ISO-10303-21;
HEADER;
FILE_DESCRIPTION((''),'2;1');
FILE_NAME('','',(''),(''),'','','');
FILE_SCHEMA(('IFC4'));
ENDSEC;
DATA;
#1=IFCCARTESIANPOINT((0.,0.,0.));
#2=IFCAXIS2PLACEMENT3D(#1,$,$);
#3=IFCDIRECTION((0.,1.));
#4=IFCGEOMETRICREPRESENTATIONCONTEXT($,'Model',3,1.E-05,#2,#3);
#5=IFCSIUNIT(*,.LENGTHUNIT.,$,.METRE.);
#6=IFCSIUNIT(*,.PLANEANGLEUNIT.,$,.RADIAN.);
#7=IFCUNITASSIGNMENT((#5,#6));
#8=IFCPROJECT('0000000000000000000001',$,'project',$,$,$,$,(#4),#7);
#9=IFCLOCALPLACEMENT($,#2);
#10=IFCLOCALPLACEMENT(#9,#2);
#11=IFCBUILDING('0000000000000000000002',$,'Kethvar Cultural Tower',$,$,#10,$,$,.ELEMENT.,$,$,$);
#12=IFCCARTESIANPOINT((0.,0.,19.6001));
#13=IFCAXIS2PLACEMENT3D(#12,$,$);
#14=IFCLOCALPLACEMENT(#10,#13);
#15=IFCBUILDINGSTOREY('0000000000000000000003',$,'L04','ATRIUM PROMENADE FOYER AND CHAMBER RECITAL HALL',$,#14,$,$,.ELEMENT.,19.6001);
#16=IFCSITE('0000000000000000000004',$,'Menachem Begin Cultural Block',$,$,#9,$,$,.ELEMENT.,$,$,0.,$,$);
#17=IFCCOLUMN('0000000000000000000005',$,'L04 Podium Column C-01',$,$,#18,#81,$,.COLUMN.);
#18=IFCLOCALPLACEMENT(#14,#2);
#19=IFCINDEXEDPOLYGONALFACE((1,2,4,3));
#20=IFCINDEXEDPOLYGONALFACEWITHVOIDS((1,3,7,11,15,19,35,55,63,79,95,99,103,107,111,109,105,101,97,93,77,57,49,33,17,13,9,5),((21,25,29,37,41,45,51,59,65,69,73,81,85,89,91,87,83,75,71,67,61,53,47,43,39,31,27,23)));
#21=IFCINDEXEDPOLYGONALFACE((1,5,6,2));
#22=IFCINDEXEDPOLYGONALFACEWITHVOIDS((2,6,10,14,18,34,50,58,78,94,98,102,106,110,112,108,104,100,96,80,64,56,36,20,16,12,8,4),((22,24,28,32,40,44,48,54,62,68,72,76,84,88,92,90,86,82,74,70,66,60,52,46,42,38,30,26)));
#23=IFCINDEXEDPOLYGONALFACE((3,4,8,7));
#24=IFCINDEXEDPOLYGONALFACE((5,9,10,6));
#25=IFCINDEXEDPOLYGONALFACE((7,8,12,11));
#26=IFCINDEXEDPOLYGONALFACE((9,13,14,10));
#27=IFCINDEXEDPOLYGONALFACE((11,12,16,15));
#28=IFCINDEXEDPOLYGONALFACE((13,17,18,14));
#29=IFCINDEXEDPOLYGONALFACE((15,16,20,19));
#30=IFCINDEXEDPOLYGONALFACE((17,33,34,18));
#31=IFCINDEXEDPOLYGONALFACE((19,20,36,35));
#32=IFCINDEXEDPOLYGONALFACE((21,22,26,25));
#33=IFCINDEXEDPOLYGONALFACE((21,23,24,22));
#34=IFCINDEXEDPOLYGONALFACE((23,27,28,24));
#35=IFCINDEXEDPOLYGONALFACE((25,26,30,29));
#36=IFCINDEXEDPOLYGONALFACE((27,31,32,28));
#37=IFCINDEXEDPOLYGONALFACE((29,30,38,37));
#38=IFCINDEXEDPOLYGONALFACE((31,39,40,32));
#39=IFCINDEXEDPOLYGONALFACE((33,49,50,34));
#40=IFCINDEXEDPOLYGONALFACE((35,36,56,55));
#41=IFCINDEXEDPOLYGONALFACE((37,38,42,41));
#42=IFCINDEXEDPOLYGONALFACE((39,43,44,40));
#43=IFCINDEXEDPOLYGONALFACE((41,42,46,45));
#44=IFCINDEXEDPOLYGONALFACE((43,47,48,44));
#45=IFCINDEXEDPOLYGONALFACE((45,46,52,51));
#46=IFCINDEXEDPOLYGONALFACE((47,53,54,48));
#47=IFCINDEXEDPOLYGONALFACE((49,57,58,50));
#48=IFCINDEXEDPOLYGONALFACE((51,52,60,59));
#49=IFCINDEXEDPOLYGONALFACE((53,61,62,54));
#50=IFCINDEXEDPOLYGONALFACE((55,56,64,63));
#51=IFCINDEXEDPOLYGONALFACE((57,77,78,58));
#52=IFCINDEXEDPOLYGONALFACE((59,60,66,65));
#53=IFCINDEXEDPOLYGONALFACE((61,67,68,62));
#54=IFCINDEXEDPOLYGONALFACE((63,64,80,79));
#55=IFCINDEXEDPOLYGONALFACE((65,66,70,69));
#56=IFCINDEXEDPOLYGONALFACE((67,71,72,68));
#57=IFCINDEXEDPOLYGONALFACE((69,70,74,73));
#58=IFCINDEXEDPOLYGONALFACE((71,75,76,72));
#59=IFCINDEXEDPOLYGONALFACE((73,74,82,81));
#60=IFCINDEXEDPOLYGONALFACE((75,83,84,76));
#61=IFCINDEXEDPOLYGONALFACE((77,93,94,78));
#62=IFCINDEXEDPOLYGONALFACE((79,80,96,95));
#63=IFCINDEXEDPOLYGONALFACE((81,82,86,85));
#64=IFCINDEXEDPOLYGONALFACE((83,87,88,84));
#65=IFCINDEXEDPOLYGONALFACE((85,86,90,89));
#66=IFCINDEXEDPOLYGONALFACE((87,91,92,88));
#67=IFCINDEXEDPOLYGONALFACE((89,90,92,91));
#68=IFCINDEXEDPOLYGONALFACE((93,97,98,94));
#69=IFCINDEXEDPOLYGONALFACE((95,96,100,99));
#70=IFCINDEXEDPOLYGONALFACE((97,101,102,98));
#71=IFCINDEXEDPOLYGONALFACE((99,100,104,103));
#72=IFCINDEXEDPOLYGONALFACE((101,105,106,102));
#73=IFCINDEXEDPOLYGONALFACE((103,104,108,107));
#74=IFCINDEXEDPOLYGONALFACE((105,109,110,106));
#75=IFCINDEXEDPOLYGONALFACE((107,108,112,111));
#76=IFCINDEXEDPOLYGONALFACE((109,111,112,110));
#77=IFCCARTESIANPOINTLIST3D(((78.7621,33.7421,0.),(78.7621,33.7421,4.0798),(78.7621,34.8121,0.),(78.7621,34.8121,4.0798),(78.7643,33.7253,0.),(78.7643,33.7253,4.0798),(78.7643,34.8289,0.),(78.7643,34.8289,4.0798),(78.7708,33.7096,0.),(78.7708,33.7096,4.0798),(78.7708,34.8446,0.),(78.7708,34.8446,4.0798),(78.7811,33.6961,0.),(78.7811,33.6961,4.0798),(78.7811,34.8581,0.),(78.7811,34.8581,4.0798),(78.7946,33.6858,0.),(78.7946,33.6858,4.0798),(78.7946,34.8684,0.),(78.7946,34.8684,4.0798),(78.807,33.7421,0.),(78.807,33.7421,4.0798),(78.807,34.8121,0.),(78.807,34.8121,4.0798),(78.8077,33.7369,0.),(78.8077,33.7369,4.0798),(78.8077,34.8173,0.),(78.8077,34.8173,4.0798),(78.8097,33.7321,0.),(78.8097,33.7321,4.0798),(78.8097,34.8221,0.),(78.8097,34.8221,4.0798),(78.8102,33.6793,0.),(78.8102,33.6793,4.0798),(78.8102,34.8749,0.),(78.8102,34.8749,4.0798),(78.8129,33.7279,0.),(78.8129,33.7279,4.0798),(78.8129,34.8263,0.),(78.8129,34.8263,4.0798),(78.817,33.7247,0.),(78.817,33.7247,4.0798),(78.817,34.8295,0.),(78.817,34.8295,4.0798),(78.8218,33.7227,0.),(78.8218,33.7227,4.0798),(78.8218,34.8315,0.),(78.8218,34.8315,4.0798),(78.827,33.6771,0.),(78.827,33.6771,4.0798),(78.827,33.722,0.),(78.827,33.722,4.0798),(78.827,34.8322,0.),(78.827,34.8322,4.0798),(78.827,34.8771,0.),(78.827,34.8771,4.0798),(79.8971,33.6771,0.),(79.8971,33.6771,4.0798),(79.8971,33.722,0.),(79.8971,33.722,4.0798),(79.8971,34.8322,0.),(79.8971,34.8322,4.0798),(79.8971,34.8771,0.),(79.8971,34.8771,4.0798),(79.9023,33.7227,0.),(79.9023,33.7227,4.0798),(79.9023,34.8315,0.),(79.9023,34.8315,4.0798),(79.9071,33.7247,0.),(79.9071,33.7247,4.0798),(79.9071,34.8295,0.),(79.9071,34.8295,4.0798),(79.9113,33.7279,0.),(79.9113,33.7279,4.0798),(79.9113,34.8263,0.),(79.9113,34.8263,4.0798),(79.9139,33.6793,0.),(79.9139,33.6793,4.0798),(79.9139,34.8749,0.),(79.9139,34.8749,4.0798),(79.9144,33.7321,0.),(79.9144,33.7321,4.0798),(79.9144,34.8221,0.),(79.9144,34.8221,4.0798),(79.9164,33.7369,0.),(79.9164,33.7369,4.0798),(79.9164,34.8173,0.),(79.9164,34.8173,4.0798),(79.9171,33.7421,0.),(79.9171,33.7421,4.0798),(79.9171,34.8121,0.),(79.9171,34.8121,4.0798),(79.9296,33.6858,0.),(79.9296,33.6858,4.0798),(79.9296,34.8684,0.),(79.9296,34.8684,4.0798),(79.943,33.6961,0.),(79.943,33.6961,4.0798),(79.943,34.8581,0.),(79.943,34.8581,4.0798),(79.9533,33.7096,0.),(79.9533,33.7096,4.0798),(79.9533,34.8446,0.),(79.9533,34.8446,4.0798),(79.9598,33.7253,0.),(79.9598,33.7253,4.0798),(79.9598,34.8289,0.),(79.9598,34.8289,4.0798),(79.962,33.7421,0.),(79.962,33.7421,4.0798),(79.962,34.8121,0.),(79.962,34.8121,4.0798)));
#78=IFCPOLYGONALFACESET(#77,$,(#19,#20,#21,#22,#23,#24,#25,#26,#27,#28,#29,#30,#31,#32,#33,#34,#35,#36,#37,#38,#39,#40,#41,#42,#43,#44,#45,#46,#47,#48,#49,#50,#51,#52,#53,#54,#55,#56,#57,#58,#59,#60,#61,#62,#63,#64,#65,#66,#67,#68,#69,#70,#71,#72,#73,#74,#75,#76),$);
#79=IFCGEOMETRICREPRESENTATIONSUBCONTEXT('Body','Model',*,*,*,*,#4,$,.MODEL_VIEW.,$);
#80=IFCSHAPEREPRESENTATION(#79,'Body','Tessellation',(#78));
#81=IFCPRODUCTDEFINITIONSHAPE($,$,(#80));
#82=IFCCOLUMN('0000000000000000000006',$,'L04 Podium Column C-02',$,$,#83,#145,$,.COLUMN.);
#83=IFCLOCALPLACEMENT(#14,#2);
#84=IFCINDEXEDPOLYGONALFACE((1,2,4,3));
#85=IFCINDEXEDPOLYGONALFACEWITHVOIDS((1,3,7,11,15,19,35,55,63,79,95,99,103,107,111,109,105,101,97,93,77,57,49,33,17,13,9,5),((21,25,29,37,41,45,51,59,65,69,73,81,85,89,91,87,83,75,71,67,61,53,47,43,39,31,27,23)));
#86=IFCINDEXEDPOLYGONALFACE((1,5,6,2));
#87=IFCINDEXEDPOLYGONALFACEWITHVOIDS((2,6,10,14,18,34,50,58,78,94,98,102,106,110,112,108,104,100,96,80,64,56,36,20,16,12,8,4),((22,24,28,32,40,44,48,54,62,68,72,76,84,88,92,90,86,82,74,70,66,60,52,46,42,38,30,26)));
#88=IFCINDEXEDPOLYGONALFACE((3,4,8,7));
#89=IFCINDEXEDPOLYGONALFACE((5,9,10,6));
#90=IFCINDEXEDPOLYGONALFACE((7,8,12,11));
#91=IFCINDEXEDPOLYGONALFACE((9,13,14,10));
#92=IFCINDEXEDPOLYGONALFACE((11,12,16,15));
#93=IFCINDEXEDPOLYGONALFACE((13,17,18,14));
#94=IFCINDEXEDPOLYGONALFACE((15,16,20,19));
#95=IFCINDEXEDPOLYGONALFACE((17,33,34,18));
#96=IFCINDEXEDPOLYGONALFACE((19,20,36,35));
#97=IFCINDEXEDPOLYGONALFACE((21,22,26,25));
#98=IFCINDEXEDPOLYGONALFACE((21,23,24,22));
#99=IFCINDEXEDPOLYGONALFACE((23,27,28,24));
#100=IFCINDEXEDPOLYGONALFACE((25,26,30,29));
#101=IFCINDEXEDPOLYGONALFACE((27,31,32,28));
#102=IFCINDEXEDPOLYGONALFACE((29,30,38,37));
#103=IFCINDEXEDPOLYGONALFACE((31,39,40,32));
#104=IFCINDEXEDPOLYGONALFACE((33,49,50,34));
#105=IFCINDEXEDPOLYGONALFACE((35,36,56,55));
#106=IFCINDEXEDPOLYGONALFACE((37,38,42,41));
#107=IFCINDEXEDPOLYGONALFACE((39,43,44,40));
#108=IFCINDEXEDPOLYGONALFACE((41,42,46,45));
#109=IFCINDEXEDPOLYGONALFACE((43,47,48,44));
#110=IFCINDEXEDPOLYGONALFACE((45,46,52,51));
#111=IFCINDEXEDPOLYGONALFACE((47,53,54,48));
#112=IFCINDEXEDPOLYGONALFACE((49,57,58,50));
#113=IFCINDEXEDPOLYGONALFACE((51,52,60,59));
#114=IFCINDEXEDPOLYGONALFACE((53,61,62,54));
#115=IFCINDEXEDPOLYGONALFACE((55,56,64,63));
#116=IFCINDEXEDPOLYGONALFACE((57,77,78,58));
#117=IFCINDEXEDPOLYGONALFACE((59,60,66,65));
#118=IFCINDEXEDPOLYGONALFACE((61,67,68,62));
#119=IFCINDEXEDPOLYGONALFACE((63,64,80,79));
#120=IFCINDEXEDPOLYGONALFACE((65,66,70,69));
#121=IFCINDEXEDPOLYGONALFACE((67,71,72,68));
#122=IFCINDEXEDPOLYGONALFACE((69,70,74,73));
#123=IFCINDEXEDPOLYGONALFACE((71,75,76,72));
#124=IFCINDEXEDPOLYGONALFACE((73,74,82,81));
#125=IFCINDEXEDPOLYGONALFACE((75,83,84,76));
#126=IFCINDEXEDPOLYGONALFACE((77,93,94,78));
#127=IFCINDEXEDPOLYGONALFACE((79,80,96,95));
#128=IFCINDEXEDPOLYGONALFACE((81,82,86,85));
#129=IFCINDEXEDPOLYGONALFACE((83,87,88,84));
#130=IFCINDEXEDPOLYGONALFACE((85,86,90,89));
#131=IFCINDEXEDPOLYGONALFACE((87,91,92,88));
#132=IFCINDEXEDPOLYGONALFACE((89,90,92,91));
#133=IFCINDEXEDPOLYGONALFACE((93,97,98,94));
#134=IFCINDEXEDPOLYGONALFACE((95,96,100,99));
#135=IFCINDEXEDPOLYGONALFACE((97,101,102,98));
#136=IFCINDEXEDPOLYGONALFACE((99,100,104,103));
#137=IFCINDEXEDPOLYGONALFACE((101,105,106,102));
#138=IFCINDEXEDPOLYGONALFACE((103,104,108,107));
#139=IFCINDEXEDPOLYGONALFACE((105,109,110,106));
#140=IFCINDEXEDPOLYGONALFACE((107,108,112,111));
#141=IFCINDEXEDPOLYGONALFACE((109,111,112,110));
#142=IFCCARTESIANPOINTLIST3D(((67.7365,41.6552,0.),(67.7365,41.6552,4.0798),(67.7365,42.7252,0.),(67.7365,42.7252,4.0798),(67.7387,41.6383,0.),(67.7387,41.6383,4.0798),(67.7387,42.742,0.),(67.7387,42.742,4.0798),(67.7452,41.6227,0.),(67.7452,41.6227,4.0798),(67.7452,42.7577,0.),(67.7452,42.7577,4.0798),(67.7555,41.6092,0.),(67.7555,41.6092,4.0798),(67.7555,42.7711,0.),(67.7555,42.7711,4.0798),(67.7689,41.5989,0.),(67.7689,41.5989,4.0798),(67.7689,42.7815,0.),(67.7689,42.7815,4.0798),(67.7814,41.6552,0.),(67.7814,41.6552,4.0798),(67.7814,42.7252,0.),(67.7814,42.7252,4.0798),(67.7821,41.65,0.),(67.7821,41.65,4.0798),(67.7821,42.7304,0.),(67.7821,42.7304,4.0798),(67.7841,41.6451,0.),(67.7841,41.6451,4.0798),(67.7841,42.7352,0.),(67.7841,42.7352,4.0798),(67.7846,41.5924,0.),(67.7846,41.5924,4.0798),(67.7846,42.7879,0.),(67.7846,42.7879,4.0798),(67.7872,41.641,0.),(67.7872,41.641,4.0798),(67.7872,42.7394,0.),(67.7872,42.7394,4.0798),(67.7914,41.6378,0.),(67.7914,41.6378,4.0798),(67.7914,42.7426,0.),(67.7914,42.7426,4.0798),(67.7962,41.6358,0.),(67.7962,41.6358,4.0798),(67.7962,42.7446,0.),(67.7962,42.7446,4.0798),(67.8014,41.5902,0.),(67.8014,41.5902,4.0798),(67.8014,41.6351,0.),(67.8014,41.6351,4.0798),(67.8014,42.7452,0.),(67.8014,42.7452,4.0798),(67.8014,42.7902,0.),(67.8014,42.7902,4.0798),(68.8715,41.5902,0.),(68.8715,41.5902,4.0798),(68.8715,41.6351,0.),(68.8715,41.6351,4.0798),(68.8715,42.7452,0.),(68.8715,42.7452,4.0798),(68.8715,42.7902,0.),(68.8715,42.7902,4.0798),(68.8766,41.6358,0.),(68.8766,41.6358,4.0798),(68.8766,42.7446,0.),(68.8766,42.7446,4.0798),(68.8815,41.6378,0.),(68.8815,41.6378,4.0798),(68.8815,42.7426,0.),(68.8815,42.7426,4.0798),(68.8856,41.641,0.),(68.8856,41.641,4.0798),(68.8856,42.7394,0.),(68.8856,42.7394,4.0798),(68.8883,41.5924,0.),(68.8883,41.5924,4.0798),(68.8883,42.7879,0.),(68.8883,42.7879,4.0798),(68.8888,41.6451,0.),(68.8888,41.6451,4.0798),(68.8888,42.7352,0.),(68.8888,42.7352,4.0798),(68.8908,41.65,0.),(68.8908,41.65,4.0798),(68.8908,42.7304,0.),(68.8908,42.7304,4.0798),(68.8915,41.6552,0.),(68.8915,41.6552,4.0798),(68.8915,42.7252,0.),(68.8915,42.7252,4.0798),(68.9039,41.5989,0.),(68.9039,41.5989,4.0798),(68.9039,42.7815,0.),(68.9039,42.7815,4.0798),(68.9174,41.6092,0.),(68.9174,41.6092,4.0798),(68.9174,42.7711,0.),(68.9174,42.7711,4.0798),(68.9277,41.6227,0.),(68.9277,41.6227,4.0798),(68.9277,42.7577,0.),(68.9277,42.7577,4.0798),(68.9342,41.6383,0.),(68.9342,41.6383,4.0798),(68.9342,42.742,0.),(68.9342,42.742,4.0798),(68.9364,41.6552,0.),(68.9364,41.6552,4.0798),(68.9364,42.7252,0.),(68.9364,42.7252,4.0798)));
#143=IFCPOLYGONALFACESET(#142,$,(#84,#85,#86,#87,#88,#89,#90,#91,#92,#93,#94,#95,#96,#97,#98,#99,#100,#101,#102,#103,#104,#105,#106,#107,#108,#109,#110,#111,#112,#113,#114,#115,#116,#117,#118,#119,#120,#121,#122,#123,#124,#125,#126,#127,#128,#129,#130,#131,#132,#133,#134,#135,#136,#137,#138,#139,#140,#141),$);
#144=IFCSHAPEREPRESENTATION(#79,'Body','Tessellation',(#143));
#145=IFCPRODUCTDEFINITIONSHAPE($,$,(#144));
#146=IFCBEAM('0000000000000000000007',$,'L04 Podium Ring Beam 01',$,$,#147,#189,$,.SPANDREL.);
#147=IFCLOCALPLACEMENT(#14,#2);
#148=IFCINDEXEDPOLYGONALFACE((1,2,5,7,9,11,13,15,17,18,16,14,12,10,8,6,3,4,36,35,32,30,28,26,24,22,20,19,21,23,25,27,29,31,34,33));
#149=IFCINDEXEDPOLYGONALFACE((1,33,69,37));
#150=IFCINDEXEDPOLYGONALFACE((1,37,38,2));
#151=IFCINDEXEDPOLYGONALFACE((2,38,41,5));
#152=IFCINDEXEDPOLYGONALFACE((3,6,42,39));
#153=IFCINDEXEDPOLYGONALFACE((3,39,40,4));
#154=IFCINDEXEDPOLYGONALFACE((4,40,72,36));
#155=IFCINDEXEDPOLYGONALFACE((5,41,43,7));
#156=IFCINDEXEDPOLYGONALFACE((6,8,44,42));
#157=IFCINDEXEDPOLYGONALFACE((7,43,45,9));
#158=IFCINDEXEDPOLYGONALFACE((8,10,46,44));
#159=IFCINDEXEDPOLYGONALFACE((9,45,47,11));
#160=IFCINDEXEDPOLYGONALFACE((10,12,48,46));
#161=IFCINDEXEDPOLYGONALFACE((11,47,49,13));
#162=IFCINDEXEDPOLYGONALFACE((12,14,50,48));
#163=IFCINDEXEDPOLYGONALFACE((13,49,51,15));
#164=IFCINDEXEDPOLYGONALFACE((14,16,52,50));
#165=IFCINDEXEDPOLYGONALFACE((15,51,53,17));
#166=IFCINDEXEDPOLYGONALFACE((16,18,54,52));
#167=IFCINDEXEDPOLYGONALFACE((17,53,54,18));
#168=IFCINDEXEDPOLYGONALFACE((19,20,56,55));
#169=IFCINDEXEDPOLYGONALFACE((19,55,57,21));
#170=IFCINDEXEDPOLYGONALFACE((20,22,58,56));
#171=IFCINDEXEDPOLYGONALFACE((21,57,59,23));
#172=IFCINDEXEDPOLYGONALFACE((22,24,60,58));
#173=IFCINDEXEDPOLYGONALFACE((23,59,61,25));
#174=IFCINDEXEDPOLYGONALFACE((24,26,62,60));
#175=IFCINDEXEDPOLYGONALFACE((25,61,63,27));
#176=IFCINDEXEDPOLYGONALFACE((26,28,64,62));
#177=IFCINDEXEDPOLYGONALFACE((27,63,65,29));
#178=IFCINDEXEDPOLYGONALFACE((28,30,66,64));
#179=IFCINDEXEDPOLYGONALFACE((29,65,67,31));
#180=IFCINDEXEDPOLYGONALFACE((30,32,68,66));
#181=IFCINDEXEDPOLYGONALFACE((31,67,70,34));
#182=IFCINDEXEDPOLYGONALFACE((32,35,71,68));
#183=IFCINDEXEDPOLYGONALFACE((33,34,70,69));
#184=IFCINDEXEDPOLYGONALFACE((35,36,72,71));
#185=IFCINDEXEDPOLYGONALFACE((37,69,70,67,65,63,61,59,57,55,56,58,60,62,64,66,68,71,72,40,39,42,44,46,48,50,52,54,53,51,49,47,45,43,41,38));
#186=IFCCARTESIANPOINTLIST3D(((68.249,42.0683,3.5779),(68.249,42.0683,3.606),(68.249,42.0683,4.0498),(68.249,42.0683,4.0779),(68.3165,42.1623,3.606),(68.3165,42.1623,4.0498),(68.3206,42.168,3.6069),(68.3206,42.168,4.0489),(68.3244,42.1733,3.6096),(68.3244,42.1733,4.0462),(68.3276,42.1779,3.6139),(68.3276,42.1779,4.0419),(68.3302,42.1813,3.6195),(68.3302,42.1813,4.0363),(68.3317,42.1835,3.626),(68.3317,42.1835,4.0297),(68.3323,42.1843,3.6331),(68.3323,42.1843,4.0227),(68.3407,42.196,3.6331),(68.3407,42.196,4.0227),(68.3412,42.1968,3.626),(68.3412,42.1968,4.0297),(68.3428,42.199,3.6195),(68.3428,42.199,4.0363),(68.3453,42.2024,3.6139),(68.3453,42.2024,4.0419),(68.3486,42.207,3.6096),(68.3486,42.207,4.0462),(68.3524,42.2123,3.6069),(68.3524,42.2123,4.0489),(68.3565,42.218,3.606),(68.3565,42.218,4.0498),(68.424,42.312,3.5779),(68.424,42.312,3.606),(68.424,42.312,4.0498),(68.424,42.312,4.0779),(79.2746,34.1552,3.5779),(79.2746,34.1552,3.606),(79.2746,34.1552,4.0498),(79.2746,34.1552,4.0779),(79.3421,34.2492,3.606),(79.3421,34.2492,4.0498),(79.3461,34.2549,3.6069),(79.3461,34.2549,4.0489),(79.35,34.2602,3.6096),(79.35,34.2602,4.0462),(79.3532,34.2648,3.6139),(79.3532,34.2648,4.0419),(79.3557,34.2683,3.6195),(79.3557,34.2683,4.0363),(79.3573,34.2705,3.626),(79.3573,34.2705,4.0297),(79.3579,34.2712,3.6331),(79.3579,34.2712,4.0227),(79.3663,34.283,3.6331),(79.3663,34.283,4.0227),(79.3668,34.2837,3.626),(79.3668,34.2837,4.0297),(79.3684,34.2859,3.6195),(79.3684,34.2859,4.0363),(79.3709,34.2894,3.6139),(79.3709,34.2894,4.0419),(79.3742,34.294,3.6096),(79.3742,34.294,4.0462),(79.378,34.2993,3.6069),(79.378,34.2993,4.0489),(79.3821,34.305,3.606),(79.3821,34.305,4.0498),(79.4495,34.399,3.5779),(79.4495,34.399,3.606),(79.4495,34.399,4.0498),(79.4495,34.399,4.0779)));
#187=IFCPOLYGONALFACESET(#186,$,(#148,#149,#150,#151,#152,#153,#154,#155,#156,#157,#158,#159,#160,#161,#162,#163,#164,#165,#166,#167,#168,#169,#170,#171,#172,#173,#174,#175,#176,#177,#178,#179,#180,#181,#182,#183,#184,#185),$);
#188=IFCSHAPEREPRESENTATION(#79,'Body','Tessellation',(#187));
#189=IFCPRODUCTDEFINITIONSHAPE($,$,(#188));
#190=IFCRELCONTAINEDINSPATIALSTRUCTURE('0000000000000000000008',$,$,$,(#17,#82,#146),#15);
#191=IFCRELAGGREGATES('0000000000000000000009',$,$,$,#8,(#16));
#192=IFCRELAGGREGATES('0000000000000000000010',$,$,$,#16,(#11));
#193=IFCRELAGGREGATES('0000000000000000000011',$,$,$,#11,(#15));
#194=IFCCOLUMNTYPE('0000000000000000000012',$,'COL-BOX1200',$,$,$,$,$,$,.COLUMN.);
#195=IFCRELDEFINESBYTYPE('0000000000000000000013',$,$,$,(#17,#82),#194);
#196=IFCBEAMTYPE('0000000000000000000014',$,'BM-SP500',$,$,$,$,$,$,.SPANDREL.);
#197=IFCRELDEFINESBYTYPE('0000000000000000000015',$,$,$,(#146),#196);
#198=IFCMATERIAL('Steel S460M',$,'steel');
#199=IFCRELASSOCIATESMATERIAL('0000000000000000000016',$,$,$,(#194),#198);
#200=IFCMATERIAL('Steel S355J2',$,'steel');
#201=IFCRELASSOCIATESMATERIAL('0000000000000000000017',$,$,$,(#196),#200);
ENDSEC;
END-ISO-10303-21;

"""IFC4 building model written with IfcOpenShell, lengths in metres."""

from ifc_helpers import new_model, si_unit, direction, frame, origin, origin_2d, place, context, subcontext, project, spatial, hollow_rectangle, i_section, extrude, source, transform, mapped, material, material_profile, profile_set, type_object, element, save


model = new_model("IFC4")

# Units and contexts
model_context = context("Model", 3, precision=1e-05, world=origin(), true_north=direction((0.0, 1.0)))
body_context = subcontext(model_context, "Body", "Model", "MODEL_VIEW")
ifc_project = project(units=[si_unit("LENGTHUNIT", "METRE"), si_unit("PLANEANGLEUNIT", "RADIAN")], contexts=[model_context])

# Site, building, storey
site_placement = place(None, origin())
site = spatial("IfcSite", under=ifc_project, at=site_placement, Name="Menachem Begin Cultural Block", CompositionType="ELEMENT", RefElevation=0.0)
building_placement = place(site_placement, origin())
building = spatial("IfcBuilding", under=site, at=building_placement, Name="Kethvar Cultural Tower", CompositionType="ELEMENT")
storey_placement = place(building_placement, frame((0.0, 0.0, 19.6001)))
storey = spatial("IfcBuildingStorey", under=building, at=storey_placement, Name="L04", Description="ATRIUM PROMENADE FOYER AND CHAMBER RECITAL HALL", CompositionType="ELEMENT", Elevation=19.6001)

# Columns
ifc_material_1 = material(Name="Steel S460M", Category="steel")
ifc_material_profile_1 = material_profile(ifc_material_1, hollow_rectangle(XDim=1.2, YDim=1.2, WallThickness=0.0449, InnerFilletRadius=0.02, OuterFilletRadius=0.0649, at=origin_2d()), Name="Steel S460M — BOX1200x1200x45")
ifc_profile_set_1 = profile_set([ifc_material_profile_1], Name="Steel S460M — BOX1200x1200x45")
column_type = type_object("IfcColumnType", Name="COL-BOX1200", PredefinedType="COLUMN", material=ifc_profile_set_1)
shared_shape_1 = source(origin(), body_context, "Body", "SweptSolid", [
    extrude(hollow_rectangle(XDim=1.2, YDim=1.2, WallThickness=0.0449, InnerFilletRadius=0.02, OuterFilletRadius=0.0649, at=origin_2d()), origin(), (0.0, 0.0, 1.0), 4.0798),
])
for number, where, z_axis, x_axis, name in (
    (1, (79.3621, 34.2771, 0.0), (0.0, 0.0, 1.0), (1.0, 0.0, 0.0), "L04 Podium Column C-01"),
    (2, (68.3364, 42.1902, 0.0), (0.0, 0.0, 1.0), (1.0, 0.0, 0.0), "L04 Podium Column C-02"),
):
    element("IfcColumn", number, at=place(storey_placement, frame(where, z_axis=z_axis, x_axis=x_axis)), inside=storey, type_object=column_type, Name=name, PredefinedType="COLUMN", context=body_context, shape_type="MappedRepresentation", body=[
        mapped(shared_shape_1, transform((0.0, 0.0, 0.0), scale=1.0)),
    ])

# Beam
ifc_material_2 = material(Name="Steel S355J2", Category="steel")
ifc_material_profile_2 = material_profile(ifc_material_2, i_section(OverallWidth=0.3, OverallDepth=0.5, WebThickness=0.0144, FlangeThickness=0.0281, FilletRadius=0.0271, at=origin_2d()), Name="Steel S355J2 — HEB500")
ifc_profile_set_2 = profile_set([ifc_material_profile_2], Name="Steel S355J2 — HEB500")
beam_type = type_object("IfcBeamType", Name="BM-SP500", PredefinedType="SPANDREL", material=ifc_profile_set_2)
shared_shape_2 = source(origin(), body_context, "Body", "SweptSolid", [
    extrude(i_section(OverallWidth=0.3, OverallDepth=0.5, WebThickness=0.0144, FlangeThickness=0.0281, FilletRadius=0.0271, at=origin_2d()), origin(), (0.0, 0.0, 1.0), 13.5713),
])
beam_1_placement = place(storey_placement, frame((79.3621, 34.2771, 3.8279), z_axis=(-0.81242, 0.583073, 0.0), x_axis=(-0.583073, -0.81242, 0.0)))
element("IfcBeam", 3, at=beam_1_placement, inside=storey, type_object=beam_type, Name="L04 Podium Ring Beam 01", PredefinedType="SPANDREL", context=body_context, shape_type="MappedRepresentation", body=[
    mapped(shared_shape_2, transform((0.0, 0.0, 0.0), scale=1.0)),
])

save(model, "model.ifc")
